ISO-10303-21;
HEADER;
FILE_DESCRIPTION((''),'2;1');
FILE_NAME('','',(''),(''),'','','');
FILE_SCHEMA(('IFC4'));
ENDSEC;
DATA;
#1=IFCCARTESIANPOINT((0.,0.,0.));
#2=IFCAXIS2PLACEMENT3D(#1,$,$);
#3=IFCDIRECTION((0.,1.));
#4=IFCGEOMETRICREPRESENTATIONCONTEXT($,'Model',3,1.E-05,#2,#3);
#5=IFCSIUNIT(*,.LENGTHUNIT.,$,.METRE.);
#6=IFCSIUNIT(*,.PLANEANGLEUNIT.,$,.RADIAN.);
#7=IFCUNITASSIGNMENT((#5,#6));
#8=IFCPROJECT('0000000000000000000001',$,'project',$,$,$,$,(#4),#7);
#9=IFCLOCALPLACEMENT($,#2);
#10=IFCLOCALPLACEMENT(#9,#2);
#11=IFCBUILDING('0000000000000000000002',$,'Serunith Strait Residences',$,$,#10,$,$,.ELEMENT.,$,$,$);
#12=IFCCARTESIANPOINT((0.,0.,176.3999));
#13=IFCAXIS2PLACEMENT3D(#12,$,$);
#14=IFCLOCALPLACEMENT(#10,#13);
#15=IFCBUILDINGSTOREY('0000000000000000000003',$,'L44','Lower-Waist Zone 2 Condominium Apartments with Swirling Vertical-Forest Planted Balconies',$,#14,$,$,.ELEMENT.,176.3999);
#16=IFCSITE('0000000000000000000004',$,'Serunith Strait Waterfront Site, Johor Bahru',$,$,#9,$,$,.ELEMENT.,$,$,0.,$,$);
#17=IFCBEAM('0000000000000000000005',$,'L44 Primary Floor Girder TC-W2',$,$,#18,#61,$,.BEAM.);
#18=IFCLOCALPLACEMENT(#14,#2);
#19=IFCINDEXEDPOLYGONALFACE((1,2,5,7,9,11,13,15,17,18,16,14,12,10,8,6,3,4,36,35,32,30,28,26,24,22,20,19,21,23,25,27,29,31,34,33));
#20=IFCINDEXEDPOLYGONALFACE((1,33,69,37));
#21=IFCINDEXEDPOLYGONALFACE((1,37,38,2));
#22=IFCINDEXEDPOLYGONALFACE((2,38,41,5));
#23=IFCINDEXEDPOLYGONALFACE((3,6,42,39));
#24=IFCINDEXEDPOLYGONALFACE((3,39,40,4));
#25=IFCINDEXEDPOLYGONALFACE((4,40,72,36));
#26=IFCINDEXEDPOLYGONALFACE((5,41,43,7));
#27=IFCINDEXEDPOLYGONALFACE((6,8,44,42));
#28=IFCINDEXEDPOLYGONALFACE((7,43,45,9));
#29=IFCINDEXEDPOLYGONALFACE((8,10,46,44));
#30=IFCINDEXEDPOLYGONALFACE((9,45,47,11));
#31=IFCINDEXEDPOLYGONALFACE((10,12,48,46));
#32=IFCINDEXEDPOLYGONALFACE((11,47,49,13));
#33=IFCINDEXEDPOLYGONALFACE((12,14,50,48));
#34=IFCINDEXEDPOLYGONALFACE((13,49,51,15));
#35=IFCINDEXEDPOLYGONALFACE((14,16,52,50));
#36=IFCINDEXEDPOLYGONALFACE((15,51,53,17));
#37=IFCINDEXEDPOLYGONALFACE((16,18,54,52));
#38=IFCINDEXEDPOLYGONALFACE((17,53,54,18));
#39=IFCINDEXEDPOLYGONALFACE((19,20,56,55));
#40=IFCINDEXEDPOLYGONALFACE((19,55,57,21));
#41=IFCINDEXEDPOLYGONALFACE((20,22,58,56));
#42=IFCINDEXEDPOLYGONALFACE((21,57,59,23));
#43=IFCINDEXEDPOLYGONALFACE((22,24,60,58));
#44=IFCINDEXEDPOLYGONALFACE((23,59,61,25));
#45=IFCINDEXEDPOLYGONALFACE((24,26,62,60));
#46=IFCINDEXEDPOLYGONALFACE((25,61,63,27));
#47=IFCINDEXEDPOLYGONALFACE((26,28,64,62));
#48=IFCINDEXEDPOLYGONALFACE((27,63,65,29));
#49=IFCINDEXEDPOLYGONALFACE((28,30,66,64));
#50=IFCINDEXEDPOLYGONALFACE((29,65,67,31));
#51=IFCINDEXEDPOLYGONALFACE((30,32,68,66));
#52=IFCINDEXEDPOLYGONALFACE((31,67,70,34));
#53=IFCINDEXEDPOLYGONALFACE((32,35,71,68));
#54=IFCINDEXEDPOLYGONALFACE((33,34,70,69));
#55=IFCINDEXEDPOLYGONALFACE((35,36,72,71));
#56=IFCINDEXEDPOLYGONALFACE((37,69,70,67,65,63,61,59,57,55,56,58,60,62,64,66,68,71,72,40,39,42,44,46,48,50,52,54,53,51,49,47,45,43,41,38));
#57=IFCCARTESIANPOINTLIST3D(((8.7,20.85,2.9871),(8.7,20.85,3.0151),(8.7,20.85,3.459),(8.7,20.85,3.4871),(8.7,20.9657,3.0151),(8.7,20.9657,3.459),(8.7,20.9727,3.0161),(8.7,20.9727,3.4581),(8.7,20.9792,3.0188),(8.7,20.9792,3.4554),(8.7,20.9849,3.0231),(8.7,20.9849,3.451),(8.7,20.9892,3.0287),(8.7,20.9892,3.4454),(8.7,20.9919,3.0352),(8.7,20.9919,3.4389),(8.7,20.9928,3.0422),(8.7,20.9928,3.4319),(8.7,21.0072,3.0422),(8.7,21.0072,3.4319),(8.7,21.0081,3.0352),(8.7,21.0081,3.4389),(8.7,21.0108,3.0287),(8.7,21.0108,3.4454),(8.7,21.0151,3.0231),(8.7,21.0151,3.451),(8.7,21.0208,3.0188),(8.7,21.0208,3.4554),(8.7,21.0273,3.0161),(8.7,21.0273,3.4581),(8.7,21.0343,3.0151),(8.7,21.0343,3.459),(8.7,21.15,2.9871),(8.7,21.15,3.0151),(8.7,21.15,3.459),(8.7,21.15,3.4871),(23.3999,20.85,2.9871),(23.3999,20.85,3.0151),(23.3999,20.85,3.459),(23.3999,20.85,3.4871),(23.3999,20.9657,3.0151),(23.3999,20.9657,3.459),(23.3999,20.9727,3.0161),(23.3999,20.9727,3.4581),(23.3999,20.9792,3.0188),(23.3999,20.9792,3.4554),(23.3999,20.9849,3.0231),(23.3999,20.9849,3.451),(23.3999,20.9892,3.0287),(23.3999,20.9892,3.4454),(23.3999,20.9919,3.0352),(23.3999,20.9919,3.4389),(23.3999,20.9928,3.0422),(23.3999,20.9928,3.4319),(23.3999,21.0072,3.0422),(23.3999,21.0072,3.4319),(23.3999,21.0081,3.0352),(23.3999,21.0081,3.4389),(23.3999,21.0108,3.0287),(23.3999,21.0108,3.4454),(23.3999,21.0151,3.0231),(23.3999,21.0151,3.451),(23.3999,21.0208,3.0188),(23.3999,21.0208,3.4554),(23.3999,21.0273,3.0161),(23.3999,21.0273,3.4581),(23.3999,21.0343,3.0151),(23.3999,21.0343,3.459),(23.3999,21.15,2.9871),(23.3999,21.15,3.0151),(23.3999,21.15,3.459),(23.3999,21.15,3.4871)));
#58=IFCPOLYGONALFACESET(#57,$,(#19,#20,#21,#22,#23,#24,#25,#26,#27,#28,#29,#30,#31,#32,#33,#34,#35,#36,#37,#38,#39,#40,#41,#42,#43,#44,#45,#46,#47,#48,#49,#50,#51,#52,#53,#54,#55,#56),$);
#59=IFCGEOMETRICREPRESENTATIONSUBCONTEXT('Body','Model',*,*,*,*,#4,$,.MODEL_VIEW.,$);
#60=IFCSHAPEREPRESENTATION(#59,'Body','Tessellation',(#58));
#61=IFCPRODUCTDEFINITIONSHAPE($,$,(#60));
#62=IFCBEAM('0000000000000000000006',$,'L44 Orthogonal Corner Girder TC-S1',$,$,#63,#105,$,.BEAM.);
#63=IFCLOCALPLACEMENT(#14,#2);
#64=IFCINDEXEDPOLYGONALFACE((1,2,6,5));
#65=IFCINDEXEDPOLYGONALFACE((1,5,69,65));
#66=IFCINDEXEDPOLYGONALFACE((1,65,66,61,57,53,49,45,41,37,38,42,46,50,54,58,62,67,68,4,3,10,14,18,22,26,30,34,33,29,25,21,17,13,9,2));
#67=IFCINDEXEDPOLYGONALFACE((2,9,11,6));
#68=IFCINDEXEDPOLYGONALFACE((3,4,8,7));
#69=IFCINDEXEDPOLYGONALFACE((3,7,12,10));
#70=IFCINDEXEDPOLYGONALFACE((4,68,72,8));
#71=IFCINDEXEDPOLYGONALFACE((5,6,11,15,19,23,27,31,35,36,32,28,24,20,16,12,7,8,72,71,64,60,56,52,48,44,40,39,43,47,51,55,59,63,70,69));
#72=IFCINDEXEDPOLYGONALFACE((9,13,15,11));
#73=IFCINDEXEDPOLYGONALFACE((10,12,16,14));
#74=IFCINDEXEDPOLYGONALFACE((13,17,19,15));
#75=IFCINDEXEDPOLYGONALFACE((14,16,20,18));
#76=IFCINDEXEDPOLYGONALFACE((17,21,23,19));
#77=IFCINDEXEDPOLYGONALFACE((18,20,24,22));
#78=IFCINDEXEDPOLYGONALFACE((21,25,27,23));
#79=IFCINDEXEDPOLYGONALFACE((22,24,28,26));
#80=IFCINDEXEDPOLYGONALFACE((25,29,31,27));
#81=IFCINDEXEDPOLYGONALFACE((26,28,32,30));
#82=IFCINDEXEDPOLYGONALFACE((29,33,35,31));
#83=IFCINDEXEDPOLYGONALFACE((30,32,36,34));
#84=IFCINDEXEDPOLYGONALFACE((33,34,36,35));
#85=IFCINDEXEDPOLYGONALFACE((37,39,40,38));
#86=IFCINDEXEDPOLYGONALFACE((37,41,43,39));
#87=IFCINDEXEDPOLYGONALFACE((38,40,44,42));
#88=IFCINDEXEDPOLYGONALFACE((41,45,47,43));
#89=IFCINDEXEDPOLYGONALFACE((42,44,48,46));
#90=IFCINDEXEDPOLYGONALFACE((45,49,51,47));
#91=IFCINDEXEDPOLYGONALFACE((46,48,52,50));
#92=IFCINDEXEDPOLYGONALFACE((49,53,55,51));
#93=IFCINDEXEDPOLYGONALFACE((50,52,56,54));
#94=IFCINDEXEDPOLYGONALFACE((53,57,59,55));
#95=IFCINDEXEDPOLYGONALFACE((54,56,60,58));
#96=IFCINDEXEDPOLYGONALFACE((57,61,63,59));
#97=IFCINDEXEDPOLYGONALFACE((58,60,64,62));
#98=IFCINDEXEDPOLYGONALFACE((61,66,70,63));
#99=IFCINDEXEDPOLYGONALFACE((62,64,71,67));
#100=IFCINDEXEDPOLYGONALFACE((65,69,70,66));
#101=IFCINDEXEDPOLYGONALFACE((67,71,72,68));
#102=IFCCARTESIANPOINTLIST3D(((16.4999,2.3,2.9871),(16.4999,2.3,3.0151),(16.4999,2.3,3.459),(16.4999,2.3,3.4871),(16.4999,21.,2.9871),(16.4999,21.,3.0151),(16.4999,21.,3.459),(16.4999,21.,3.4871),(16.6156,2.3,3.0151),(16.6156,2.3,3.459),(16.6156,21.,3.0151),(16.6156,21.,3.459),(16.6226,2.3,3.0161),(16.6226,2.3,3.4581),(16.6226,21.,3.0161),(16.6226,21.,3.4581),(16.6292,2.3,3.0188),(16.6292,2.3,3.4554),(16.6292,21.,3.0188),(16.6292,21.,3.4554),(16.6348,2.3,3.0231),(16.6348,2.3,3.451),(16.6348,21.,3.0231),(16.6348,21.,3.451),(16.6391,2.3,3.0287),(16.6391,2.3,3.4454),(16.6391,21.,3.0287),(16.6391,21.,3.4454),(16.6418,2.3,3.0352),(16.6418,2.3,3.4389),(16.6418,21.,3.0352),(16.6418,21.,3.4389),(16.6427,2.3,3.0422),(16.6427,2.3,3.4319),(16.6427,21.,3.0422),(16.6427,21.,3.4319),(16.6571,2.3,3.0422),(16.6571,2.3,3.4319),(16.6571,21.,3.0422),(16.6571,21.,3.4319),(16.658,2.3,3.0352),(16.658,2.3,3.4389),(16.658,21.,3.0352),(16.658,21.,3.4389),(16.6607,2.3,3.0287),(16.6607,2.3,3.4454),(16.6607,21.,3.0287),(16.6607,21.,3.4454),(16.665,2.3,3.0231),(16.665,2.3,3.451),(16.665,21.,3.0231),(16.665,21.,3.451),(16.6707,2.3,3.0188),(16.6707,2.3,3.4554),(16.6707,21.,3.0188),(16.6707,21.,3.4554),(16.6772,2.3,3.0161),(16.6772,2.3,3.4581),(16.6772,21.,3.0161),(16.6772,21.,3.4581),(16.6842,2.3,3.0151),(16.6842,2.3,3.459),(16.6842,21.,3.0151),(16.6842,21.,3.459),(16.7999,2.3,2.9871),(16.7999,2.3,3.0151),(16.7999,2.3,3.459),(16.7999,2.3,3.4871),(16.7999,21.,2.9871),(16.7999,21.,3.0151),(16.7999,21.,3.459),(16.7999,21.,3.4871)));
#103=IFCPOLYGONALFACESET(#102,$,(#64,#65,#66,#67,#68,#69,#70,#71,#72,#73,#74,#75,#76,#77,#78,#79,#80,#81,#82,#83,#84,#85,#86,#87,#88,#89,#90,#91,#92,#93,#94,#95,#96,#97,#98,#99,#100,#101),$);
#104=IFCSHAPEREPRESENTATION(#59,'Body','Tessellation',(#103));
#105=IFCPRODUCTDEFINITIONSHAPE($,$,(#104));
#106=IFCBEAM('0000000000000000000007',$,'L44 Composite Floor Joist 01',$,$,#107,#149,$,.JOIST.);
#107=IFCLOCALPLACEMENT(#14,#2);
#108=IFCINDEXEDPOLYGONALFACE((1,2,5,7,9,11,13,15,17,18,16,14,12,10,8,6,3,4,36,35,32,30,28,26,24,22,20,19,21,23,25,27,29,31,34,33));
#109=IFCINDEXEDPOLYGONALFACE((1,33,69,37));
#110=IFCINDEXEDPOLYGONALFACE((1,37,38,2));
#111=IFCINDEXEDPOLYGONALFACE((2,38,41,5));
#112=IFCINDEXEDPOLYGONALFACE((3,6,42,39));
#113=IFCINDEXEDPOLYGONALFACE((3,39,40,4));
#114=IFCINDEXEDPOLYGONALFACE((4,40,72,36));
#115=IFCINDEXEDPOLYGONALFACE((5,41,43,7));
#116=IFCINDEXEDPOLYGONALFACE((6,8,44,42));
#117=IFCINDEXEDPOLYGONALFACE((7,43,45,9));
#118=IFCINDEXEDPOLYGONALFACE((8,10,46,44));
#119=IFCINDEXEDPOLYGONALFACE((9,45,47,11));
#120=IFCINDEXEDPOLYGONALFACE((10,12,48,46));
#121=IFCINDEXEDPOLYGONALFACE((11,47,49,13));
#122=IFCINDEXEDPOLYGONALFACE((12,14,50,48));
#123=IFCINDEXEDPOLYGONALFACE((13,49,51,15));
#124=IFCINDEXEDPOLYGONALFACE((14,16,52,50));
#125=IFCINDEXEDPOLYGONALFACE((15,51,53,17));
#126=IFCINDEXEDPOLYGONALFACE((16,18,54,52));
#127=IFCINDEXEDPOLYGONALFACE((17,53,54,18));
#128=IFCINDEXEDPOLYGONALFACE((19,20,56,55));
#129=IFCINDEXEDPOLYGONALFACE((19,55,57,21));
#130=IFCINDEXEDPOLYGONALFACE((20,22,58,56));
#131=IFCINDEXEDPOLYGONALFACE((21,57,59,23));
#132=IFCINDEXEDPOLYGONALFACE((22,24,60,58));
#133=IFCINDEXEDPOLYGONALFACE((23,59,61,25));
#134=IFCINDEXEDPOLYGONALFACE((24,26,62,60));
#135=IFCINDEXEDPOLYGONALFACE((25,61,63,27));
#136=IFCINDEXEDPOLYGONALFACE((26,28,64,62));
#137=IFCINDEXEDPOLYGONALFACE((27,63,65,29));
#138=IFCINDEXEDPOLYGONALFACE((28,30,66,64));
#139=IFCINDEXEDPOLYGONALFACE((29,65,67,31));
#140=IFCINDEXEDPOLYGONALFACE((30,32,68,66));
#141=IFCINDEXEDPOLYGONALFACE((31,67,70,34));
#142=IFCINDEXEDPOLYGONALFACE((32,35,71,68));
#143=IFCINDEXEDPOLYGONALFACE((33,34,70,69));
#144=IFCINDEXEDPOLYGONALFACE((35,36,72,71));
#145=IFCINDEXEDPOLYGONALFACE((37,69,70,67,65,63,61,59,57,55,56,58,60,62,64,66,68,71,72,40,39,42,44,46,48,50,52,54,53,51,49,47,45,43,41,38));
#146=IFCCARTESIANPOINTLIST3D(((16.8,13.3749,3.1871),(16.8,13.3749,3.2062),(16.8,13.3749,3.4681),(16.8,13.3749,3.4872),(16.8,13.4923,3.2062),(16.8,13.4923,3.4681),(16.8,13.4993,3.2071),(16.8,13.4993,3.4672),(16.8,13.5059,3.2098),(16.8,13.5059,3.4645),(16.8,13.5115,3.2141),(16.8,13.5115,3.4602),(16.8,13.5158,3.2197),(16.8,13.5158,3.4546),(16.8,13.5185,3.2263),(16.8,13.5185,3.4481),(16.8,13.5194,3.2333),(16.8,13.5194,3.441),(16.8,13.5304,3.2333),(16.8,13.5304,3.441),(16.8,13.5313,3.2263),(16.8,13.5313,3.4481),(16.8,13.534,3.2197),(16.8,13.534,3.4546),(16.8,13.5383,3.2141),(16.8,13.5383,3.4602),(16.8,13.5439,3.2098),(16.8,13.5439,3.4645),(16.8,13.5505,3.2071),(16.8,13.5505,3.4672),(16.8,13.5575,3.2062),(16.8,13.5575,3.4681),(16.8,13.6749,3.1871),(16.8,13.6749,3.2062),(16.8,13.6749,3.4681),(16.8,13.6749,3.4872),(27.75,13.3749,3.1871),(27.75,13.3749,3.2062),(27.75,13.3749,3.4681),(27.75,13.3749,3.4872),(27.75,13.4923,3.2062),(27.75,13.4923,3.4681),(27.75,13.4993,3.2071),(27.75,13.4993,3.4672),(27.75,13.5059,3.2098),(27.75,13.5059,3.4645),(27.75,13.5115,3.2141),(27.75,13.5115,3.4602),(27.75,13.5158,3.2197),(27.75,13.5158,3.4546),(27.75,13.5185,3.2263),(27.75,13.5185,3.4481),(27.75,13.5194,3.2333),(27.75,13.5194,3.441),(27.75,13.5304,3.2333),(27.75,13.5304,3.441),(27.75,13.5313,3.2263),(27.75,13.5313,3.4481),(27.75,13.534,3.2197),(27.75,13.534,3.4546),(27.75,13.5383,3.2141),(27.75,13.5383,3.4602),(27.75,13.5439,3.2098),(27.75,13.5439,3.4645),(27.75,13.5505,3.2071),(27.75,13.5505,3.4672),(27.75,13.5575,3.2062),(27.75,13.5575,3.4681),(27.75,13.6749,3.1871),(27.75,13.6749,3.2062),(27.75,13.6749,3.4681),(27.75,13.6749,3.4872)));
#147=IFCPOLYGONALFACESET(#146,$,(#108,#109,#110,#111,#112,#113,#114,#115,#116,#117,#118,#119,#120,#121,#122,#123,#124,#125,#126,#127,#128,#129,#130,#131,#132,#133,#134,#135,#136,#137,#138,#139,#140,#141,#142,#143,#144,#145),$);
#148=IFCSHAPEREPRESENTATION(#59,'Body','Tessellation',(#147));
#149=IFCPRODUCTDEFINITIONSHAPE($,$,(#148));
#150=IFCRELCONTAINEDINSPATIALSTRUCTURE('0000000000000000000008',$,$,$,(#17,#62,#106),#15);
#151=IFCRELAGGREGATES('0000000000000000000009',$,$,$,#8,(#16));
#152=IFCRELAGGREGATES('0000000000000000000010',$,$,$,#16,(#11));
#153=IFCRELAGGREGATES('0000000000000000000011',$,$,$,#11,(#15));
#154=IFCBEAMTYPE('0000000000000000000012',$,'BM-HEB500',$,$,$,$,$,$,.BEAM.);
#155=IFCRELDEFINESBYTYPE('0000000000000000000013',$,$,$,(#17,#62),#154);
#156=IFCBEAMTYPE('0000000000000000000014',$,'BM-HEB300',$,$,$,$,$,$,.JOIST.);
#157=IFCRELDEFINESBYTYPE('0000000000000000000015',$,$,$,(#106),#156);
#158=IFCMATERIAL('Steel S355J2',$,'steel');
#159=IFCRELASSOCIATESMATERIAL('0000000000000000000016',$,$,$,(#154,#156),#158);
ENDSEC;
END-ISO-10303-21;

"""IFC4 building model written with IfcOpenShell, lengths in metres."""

from ifc_helpers import new_model, si_unit, direction, frame, origin, origin_2d, place, context, subcontext, project, spatial, i_section, extrude, source, transform, mapped, material, material_profile, profile_set, type_object, element, save


model = new_model("IFC4")

# Units and contexts
model_context = context("Model", 3, precision=1e-05, world=origin(), true_north=direction((0.0, 1.0)))
body_context = subcontext(model_context, "Body", "Model", "MODEL_VIEW")
ifc_project = project(units=[si_unit("LENGTHUNIT", "METRE"), si_unit("PLANEANGLEUNIT", "RADIAN")], contexts=[model_context])

# Site, building, storey
site_placement = place(None, origin())
site = spatial("IfcSite", under=ifc_project, at=site_placement, Name="Serunith Strait Waterfront Site, Johor Bahru", CompositionType="ELEMENT", RefElevation=0.0)
building_placement = place(site_placement, origin())
building = spatial("IfcBuilding", under=site, at=building_placement, Name="Serunith Strait Residences", CompositionType="ELEMENT")
storey_placement = place(building_placement, frame((0.0, 0.0, 176.3999)))
storey = spatial("IfcBuildingStorey", under=building, at=storey_placement, Name="L44", Description="Lower-Waist Zone 2 Condominium Apartments with Swirling Vertical-Forest Planted Balconies", CompositionType="ELEMENT", Elevation=176.3999)

# Beams
ifc_material_1 = material(Name="Steel S355J2", Category="steel")
ifc_material_profile_1 = material_profile(ifc_material_1, i_section(OverallWidth=0.3, OverallDepth=0.5, WebThickness=0.0144, FlangeThickness=0.0281, FilletRadius=0.0271, at=origin_2d()), Name="HEB 500")
ifc_profile_set_1 = profile_set([ifc_material_profile_1], Name="Steel S355J2")
beam_type_1 = type_object("IfcBeamType", Name="BM-HEB500", PredefinedType="BEAM", material=ifc_profile_set_1)
shared_shape_1 = source(origin(), body_context, "Body", "SweptSolid", [
    extrude(i_section(OverallWidth=0.3, OverallDepth=0.5, WebThickness=0.0144, FlangeThickness=0.0281, FilletRadius=0.0271, at=origin_2d()), origin(), (0.0, 0.0, 1.0), 14.7),
])
beam_1_placement = place(storey_placement, frame((23.3999, 21.0, 3.2371), z_axis=(-1.0, 0.0, 0.0), x_axis=(0.0, -1.0, 0.0)))
element("IfcBeam", 1, at=beam_1_placement, inside=storey, type_object=beam_type_1, Name="L44 Primary Floor Girder TC-W2", PredefinedType="BEAM", context=body_context, shape_type="MappedRepresentation", body=[
    mapped(shared_shape_1, transform((0.0, 0.0, 0.0), scale=1.0)),
])
shared_shape_2 = source(origin(), body_context, "Body", "SweptSolid", [
    extrude(i_section(OverallWidth=0.3, OverallDepth=0.5, WebThickness=0.0144, FlangeThickness=0.0281, FilletRadius=0.0271, at=origin_2d()), origin(), (0.0, 0.0, 1.0), 18.7),
])
beam_2_placement = place(storey_placement, frame((16.6499, 21.0, 3.2371), z_axis=(0.0, -1.0, 0.0), x_axis=(1.0, 0.0, 0.0)))
element("IfcBeam", 2, at=beam_2_placement, inside=storey, type_object=beam_type_1, Name="L44 Orthogonal Corner Girder TC-S1", PredefinedType="BEAM", context=body_context, shape_type="MappedRepresentation", body=[
    mapped(shared_shape_2, transform((0.0, 0.0, 0.0), scale=1.0)),
])
ifc_material_profile_2 = material_profile(ifc_material_1, i_section(OverallWidth=0.3, OverallDepth=0.3, WebThickness=0.011, FlangeThickness=0.019, FilletRadius=0.0271, at=origin_2d()), Name="HEB 300")
ifc_profile_set_2 = profile_set([ifc_material_profile_2], Name="Steel S355J2")
beam_type_2 = type_object("IfcBeamType", Name="BM-HEB300", PredefinedType="JOIST", material=ifc_profile_set_2)
shared_shape_3 = source(origin(), body_context, "Body", "SweptSolid", [
    extrude(i_section(OverallWidth=0.3, OverallDepth=0.3, WebThickness=0.011, FlangeThickness=0.019, FilletRadius=0.0271, at=origin_2d()), origin(), (0.0, 0.0, 1.0), 10.95),
])
beam_3_placement = place(storey_placement, frame((16.8, 13.5249, 3.3372), z_axis=(1.0, 0.0, 0.0), x_axis=(0.0, 1.0, 0.0)))
element("IfcBeam", 3, at=beam_3_placement, inside=storey, type_object=beam_type_2, Name="L44 Composite Floor Joist 01", PredefinedType="JOIST", context=body_context, shape_type="MappedRepresentation", body=[
    mapped(shared_shape_3, transform((0.0, 0.0, 0.0), scale=1.0)),
])

save(model, "model.ifc")
